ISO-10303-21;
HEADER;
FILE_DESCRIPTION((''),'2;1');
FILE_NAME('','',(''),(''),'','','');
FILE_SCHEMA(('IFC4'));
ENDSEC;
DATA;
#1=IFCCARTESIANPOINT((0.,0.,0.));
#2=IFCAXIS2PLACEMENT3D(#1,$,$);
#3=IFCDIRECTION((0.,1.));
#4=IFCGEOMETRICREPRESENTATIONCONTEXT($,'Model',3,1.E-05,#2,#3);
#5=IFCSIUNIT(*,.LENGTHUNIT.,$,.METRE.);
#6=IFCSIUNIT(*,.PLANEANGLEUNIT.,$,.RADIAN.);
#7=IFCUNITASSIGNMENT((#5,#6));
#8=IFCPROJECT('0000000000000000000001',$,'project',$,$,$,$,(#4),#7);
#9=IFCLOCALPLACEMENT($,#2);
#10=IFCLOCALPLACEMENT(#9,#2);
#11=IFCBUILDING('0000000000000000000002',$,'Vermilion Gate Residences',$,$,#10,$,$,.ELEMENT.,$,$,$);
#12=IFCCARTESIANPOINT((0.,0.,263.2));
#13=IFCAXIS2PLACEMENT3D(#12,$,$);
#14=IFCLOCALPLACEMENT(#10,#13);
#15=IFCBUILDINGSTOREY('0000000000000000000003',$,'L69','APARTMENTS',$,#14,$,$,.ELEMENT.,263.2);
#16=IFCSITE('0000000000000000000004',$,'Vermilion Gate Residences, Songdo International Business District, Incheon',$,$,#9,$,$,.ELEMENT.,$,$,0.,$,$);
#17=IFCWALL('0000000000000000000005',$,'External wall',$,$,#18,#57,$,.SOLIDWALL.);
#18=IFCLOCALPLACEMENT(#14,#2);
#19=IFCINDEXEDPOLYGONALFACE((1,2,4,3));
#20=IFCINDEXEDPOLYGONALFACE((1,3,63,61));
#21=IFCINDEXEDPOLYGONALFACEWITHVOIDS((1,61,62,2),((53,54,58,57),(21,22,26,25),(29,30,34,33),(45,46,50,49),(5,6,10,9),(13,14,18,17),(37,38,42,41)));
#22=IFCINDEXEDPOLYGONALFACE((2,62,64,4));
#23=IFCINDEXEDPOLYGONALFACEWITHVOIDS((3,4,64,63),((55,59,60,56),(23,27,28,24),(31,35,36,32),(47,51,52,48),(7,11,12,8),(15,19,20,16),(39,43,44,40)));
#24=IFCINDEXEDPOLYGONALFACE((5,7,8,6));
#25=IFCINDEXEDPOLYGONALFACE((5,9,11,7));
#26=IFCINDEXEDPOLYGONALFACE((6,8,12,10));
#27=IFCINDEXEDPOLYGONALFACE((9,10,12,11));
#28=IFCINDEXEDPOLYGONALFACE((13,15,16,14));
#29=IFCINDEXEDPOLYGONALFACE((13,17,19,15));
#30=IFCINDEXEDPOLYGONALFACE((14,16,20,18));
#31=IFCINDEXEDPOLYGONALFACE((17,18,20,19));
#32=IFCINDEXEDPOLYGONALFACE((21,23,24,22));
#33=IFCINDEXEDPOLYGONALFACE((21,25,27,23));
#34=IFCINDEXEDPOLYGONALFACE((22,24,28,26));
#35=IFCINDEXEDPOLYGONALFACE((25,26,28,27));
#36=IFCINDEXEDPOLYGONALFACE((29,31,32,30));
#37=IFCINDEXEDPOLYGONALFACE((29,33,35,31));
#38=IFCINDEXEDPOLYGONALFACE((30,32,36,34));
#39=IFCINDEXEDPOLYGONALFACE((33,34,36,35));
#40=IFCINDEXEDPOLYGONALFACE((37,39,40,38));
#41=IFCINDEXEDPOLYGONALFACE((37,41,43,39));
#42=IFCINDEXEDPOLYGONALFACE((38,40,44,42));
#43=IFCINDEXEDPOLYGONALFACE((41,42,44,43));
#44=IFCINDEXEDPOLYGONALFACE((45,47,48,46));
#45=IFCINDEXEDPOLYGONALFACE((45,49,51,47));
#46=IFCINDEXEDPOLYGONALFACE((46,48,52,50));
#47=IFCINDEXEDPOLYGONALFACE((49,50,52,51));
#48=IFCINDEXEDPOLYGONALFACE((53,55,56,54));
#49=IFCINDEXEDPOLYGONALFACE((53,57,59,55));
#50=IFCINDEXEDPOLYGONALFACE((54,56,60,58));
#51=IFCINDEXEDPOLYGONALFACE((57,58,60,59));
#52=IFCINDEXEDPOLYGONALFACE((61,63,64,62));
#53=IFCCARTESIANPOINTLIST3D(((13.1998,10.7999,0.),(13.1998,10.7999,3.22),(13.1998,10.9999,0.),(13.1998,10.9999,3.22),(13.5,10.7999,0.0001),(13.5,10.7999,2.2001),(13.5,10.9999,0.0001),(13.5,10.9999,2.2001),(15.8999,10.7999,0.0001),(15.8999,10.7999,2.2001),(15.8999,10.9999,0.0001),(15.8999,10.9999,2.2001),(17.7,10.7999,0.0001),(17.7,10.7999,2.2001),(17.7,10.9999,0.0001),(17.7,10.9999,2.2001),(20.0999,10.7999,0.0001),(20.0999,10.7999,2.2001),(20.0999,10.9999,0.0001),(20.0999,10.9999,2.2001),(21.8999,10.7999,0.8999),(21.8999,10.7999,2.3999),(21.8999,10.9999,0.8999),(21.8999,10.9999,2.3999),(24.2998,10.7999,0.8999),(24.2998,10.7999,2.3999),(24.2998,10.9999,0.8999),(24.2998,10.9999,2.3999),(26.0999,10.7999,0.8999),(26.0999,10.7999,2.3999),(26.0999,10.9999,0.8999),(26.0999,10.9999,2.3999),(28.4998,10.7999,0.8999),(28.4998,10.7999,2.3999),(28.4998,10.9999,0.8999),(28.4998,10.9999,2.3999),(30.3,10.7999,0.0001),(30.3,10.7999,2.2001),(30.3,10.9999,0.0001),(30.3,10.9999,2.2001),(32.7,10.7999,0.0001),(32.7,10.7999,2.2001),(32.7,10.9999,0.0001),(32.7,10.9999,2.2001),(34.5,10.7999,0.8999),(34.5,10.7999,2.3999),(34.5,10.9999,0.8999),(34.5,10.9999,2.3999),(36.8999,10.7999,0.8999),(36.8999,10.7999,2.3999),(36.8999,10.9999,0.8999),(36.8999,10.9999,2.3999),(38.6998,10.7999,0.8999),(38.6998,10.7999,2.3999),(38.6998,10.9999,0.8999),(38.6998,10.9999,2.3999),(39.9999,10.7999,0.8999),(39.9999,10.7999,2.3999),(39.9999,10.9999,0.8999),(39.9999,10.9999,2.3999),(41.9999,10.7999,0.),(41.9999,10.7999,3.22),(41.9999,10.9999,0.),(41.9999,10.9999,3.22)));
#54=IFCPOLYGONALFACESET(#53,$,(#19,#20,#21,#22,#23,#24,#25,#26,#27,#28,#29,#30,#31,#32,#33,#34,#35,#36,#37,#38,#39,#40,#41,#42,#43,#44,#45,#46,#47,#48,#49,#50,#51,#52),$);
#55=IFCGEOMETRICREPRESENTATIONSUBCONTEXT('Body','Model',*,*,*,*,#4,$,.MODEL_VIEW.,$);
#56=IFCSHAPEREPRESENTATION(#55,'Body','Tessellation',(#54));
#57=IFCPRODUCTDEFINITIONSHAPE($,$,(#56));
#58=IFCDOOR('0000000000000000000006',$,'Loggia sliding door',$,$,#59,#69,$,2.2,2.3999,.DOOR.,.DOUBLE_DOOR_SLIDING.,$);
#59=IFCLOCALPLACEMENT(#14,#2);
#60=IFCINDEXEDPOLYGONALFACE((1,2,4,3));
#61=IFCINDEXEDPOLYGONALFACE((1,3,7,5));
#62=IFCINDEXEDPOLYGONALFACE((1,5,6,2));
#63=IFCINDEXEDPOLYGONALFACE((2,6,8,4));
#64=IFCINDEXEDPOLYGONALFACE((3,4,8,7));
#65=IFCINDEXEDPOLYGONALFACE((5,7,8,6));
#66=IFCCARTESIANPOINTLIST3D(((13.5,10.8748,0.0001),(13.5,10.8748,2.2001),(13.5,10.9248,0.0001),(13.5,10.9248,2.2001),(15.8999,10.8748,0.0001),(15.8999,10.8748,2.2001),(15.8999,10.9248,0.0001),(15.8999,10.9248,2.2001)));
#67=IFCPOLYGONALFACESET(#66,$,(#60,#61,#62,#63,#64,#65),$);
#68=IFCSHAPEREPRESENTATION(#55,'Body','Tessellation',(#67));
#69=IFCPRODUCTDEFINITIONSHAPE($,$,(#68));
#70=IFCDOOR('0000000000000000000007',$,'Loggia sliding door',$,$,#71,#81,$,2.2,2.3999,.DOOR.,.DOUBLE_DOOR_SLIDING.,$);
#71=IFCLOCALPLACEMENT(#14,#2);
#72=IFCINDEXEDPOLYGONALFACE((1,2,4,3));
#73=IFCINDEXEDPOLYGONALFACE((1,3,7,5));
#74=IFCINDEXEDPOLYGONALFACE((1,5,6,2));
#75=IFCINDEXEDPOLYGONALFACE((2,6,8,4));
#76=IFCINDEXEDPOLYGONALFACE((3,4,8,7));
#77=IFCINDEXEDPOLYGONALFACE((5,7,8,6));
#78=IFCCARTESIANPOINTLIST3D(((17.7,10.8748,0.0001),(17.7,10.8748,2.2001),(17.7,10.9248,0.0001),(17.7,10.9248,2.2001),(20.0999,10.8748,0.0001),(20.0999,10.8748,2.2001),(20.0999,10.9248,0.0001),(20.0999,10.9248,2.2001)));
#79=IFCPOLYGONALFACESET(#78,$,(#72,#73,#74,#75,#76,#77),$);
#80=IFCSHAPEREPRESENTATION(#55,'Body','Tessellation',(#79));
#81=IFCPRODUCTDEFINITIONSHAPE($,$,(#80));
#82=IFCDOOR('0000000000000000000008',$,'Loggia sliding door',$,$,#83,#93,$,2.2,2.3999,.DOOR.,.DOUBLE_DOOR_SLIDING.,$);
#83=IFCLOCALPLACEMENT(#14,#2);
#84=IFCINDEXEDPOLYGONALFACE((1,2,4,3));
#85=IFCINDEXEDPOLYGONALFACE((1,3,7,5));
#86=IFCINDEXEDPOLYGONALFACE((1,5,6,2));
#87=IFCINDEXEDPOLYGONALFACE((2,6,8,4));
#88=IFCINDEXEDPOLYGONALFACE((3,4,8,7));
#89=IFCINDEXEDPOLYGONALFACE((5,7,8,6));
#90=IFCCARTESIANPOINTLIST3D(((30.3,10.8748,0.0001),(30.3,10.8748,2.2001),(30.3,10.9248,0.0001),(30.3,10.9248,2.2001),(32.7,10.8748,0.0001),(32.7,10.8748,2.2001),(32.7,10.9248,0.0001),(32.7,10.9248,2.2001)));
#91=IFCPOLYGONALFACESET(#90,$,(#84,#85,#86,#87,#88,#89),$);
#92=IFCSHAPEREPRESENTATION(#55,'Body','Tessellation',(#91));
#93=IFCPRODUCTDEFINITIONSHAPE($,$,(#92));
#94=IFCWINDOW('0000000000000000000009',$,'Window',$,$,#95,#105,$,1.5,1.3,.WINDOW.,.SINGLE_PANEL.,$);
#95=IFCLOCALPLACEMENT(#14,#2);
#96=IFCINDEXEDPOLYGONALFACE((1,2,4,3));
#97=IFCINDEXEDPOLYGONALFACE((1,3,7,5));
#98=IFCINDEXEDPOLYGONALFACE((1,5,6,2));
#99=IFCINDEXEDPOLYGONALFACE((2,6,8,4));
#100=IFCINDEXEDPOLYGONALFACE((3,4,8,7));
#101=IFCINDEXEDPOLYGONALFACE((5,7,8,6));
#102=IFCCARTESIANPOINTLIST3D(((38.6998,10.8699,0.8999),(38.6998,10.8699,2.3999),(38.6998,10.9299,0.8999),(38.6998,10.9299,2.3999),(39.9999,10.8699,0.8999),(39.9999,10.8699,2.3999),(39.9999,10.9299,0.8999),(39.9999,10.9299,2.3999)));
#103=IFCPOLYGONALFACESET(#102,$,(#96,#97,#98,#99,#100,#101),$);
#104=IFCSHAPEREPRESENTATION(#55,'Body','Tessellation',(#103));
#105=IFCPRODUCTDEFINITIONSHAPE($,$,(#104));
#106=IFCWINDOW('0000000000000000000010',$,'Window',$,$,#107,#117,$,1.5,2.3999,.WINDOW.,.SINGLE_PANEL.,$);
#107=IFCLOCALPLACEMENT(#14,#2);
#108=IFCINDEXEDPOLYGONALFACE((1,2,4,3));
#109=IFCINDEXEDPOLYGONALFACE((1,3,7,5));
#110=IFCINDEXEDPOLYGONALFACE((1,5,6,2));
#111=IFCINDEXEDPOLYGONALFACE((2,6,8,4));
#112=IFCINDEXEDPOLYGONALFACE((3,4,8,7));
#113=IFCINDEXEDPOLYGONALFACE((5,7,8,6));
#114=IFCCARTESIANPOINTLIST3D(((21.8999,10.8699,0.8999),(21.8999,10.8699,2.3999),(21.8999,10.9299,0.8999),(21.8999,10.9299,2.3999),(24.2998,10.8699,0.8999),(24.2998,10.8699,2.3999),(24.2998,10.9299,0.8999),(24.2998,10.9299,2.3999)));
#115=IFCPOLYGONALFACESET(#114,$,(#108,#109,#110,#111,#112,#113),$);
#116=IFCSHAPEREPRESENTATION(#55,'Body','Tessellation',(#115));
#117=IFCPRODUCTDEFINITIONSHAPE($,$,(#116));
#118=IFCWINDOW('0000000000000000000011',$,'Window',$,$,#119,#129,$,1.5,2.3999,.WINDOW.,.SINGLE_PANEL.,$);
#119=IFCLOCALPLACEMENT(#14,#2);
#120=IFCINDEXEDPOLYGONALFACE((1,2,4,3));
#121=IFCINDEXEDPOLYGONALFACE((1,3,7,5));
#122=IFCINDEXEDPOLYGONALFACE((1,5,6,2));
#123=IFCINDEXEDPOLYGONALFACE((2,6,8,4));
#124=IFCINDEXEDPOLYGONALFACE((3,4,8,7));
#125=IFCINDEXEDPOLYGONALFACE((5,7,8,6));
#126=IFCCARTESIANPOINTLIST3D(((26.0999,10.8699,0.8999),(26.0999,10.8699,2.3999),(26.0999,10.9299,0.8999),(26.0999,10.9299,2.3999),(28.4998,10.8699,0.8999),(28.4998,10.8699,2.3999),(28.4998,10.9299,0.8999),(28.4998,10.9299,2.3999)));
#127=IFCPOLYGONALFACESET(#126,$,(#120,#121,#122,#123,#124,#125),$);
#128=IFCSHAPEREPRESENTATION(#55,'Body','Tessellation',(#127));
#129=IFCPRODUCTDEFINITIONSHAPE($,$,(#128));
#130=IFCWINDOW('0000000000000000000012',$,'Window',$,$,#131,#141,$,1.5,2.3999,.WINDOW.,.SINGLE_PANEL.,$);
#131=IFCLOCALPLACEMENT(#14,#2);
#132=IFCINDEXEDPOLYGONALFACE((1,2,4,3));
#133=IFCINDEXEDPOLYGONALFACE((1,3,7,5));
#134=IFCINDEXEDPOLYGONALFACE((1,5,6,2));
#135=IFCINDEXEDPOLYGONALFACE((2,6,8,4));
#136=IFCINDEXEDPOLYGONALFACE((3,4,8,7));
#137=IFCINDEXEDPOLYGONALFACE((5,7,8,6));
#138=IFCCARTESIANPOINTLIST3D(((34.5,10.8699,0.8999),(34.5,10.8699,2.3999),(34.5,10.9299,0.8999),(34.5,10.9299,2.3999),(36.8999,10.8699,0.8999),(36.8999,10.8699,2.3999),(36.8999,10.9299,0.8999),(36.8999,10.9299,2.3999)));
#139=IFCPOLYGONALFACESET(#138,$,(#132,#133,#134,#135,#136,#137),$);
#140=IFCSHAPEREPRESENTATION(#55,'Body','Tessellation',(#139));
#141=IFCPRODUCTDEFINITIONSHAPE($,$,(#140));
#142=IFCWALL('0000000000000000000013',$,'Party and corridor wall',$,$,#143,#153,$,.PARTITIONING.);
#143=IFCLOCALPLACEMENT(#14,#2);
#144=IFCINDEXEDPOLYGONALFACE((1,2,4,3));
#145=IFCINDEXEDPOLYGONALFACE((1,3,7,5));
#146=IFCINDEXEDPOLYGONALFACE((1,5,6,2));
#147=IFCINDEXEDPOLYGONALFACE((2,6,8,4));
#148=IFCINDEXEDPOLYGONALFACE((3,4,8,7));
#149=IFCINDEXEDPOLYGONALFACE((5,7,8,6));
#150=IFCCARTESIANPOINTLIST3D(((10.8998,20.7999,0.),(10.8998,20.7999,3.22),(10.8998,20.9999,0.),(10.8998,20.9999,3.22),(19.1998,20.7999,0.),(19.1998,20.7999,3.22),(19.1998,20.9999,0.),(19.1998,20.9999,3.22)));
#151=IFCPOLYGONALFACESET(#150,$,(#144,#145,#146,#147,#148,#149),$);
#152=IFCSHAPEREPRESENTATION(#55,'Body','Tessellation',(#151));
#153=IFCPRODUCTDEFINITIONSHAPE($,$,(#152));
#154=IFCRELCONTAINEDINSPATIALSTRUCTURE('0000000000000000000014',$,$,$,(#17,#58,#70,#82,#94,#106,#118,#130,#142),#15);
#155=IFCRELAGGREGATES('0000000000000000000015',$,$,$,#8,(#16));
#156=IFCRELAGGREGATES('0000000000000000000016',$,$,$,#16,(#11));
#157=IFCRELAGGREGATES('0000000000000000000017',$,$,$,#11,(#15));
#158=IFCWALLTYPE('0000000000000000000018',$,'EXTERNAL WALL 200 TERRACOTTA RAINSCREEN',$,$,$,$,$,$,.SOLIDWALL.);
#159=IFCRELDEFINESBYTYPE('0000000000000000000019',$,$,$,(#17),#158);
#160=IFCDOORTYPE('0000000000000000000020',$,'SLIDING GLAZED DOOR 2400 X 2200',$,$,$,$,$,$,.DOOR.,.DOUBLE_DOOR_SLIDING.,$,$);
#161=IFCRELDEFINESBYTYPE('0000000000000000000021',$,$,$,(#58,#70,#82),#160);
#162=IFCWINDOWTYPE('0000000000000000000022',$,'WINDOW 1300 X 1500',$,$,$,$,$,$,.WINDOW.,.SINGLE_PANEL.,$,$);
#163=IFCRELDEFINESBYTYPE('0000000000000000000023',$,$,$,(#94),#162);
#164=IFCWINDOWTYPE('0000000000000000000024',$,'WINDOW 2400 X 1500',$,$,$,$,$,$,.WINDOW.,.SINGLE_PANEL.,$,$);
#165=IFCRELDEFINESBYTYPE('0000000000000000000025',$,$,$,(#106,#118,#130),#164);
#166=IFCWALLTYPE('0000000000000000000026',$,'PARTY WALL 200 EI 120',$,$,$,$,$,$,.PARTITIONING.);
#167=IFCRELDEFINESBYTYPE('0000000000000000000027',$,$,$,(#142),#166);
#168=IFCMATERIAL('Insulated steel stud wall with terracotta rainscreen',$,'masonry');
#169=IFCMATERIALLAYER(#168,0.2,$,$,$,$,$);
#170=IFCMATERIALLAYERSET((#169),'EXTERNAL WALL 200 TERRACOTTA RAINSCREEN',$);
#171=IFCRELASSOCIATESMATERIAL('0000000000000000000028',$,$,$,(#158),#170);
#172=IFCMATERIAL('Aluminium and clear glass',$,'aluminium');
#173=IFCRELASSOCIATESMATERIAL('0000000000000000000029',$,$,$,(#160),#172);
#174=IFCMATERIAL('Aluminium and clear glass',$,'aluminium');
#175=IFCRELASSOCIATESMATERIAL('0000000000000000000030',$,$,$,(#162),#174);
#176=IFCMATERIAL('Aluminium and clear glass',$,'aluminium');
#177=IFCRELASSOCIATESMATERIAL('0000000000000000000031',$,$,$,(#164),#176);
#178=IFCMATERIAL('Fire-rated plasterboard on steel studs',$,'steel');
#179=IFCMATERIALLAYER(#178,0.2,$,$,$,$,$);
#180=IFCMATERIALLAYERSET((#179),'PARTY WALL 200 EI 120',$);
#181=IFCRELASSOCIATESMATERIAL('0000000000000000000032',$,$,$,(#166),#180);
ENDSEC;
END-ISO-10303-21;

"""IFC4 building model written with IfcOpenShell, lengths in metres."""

from ifc_helpers import new_model, si_unit, direction, frame, frame_2d, origin, place, context, subcontext, project, spatial, rectangle, extrude, material, layer, layer_set, type_object, element, fill, save


model = new_model("IFC4")

# Units and contexts
model_context = context("Model", 3, precision=1e-05, world=origin(), true_north=direction((0.0, 1.0)))
body_context = subcontext(model_context, "Body", "Model", "MODEL_VIEW")
ifc_project = project(units=[si_unit("LENGTHUNIT", "METRE"), si_unit("PLANEANGLEUNIT", "RADIAN")], contexts=[model_context])

# Site, building, storey
site_placement = place(None, origin())
site = spatial("IfcSite", under=ifc_project, at=site_placement, Name="Vermilion Gate Residences, Songdo International Business District, Incheon", CompositionType="ELEMENT", RefElevation=0.0)
building_placement = place(site_placement, origin())
building = spatial("IfcBuilding", under=site, at=building_placement, Name="Vermilion Gate Residences", CompositionType="ELEMENT")
storey_placement = place(building_placement, frame((0.0, 0.0, 263.2)))
storey = spatial("IfcBuildingStorey", under=building, at=storey_placement, Name="L69", Description="APARTMENTS", CompositionType="ELEMENT", Elevation=263.2)

# Shared definitions
ifc_material_1 = material(Name="Insulated steel stud wall with terracotta rainscreen", Category="masonry")
ifc_layer_1 = layer(ifc_material_1, 0.2)
ifc_layer_set_1 = layer_set([ifc_layer_1], Name="EXTERNAL WALL 200 TERRACOTTA RAINSCREEN")
wall_type_1 = type_object("IfcWallType", Name="EXTERNAL WALL 200 TERRACOTTA RAINSCREEN", PredefinedType="SOLIDWALL", material=ifc_layer_set_1)

# Wall, openings, doors, windows
wall_1_placement = place(storey_placement, frame((13.2, 10.8999, 0.0), z_axis=(0.0, 0.0, 1.0), x_axis=(1.0, 0.0, 0.0)))
wall_1 = element("IfcWall", 1, at=wall_1_placement, inside=storey, type_object=wall_type_1, Name="External wall", PredefinedType="SOLIDWALL", context=body_context, shape_type="SweptSolid", body=[
    extrude(rectangle(XDim=28.8, YDim=0.2, at=frame_2d((14.3999, 0.0))), origin(), (0.0, 0.0, 1.0), 3.22),
])
opening_1_placement = place(wall_1_placement, frame((0.3, 0.0, 0.0)))
opening_1 = element("IfcOpeningElement", 2, at=opening_1_placement, cuts=wall_1, PredefinedType="OPENING", context=body_context, shape_type="SweptSolid", body=[
    extrude(rectangle(XDim=2.3999, YDim=2.2, at=frame_2d((1.2, 1.1001))), frame((0.0, 0.1099, 0.0), z_axis=(0.0, -1.0, 0.0), x_axis=(1.0, 0.0, 0.0)), (0.0, 0.0, 1.0), 0.22),
])
opening_2_placement = place(wall_1_placement, frame((4.5, 0.0, 0.0)))
opening_2 = element("IfcOpeningElement", 3, at=opening_2_placement, cuts=wall_1, PredefinedType="OPENING", context=body_context, shape_type="SweptSolid", body=[
    extrude(rectangle(XDim=2.3999, YDim=2.2, at=frame_2d((1.2, 1.1001))), frame((0.0, 0.1099, 0.0), z_axis=(0.0, -1.0, 0.0), x_axis=(1.0, 0.0, 0.0)), (0.0, 0.0, 1.0), 0.22),
])
opening_3_placement = place(wall_1_placement, frame((8.7, 0.0, 0.8999)))
opening_3 = element("IfcOpeningElement", 4, at=opening_3_placement, cuts=wall_1, PredefinedType="OPENING", context=body_context, shape_type="SweptSolid", body=[
    extrude(rectangle(XDim=2.3999, YDim=1.5, at=frame_2d((1.2, 0.75))), frame((0.0, 0.1099, 0.0), z_axis=(0.0, -1.0, 0.0), x_axis=(1.0, 0.0, 0.0)), (0.0, 0.0, 1.0), 0.22),
])
opening_4_placement = place(wall_1_placement, frame((12.8999, 0.0, 0.8999)))
opening_4 = element("IfcOpeningElement", 5, at=opening_4_placement, cuts=wall_1, PredefinedType="OPENING", context=body_context, shape_type="SweptSolid", body=[
    extrude(rectangle(XDim=2.3999, YDim=1.5, at=frame_2d((1.2, 0.75))), frame((0.0, 0.1099, 0.0), z_axis=(0.0, -1.0, 0.0), x_axis=(1.0, 0.0, 0.0)), (0.0, 0.0, 1.0), 0.22),
])
opening_5_placement = place(wall_1_placement, frame((17.1001, 0.0, 0.0)))
opening_5 = element("IfcOpeningElement", 6, at=opening_5_placement, cuts=wall_1, PredefinedType="OPENING", context=body_context, shape_type="SweptSolid", body=[
    extrude(rectangle(XDim=2.3999, YDim=2.2, at=frame_2d((1.2, 1.1001))), frame((0.0, 0.1099, 0.0), z_axis=(0.0, -1.0, 0.0), x_axis=(1.0, 0.0, 0.0)), (0.0, 0.0, 1.0), 0.22),
])
opening_6_placement = place(wall_1_placement, frame((21.3, 0.0, 0.8999)))
opening_6 = element("IfcOpeningElement", 7, at=opening_6_placement, cuts=wall_1, PredefinedType="OPENING", context=body_context, shape_type="SweptSolid", body=[
    extrude(rectangle(XDim=2.3999, YDim=1.5, at=frame_2d((1.2, 0.75))), frame((0.0, 0.1099, 0.0), z_axis=(0.0, -1.0, 0.0), x_axis=(1.0, 0.0, 0.0)), (0.0, 0.0, 1.0), 0.22),
])
opening_7_placement = place(wall_1_placement, frame((25.5, 0.0, 0.8999)))
opening_7 = element("IfcOpeningElement", 8, at=opening_7_placement, cuts=wall_1, PredefinedType="OPENING", context=body_context, shape_type="SweptSolid", body=[
    extrude(rectangle(XDim=1.3, YDim=1.5, at=frame_2d((0.6499, 0.75))), frame((0.0, 0.1099, 0.0), z_axis=(0.0, -1.0, 0.0), x_axis=(1.0, 0.0, 0.0)), (0.0, 0.0, 1.0), 0.22),
])
ifc_material_2 = material(Name="Aluminium and clear glass", Category="aluminium")
door_type = type_object("IfcDoorType", Name="SLIDING GLAZED DOOR 2400 X 2200", OperationType="DOUBLE_DOOR_SLIDING", PredefinedType="DOOR", material=ifc_material_2)
door_1_placement = place(opening_1_placement, origin())
door_1 = element("IfcDoor", 9, at=door_1_placement, inside=storey, type_object=door_type, Name="Loggia sliding door", OperationType="DOUBLE_DOOR_SLIDING", OverallHeight=2.2, OverallWidth=2.3999, PredefinedType="DOOR", context=body_context, shape_type="SweptSolid", body=[
    extrude(rectangle(XDim=2.3999, YDim=2.2, at=frame_2d((1.2, 1.1001))), frame((0.0, 0.0249, 0.0), z_axis=(0.0, -1.0, 0.0), x_axis=(1.0, 0.0, 0.0)), (0.0, 0.0, 1.0), 0.05),
])
fill(opening_1, door_1)
door_2_placement = place(opening_2_placement, origin())
door_2 = element("IfcDoor", 10, at=door_2_placement, inside=storey, type_object=door_type, Name="Loggia sliding door", OperationType="DOUBLE_DOOR_SLIDING", OverallHeight=2.2, OverallWidth=2.3999, PredefinedType="DOOR", context=body_context, shape_type="SweptSolid", body=[
    extrude(rectangle(XDim=2.3999, YDim=2.2, at=frame_2d((1.2, 1.1001))), frame((0.0, 0.0249, 0.0), z_axis=(0.0, -1.0, 0.0), x_axis=(1.0, 0.0, 0.0)), (0.0, 0.0, 1.0), 0.05),
])
fill(opening_2, door_2)
door_3_placement = place(opening_5_placement, origin())
door_3 = element("IfcDoor", 11, at=door_3_placement, inside=storey, type_object=door_type, Name="Loggia sliding door", OperationType="DOUBLE_DOOR_SLIDING", OverallHeight=2.2, OverallWidth=2.3999, PredefinedType="DOOR", context=body_context, shape_type="SweptSolid", body=[
    extrude(rectangle(XDim=2.3999, YDim=2.2, at=frame_2d((1.2, 1.1001))), frame((0.0, 0.0249, 0.0), z_axis=(0.0, -1.0, 0.0), x_axis=(1.0, 0.0, 0.0)), (0.0, 0.0, 1.0), 0.05),
])
fill(opening_5, door_3)
ifc_material_3 = material(Name="Aluminium and clear glass", Category="aluminium")
window_type_1 = type_object("IfcWindowType", Name="WINDOW 1300 X 1500", PartitioningType="SINGLE_PANEL", PredefinedType="WINDOW", material=ifc_material_3)
window_1_placement = place(opening_7_placement, origin())
window_1 = element("IfcWindow", 12, at=window_1_placement, inside=storey, type_object=window_type_1, Name="Window", OverallHeight=1.5, OverallWidth=1.3, PartitioningType="SINGLE_PANEL", PredefinedType="WINDOW", context=body_context, shape_type="SweptSolid", body=[
    extrude(rectangle(XDim=1.3, YDim=1.5, at=frame_2d((0.6499, 0.75))), frame((0.0, 0.03, 0.0), z_axis=(0.0, -1.0, 0.0), x_axis=(1.0, 0.0, 0.0)), (0.0, 0.0, 1.0), 0.0601),
])
fill(opening_7, window_1)
ifc_material_4 = material(Name="Aluminium and clear glass", Category="aluminium")
window_type_2 = type_object("IfcWindowType", Name="WINDOW 2400 X 1500", PartitioningType="SINGLE_PANEL", PredefinedType="WINDOW", material=ifc_material_4)
window_2_placement = place(opening_3_placement, origin())
window_2 = element("IfcWindow", 13, at=window_2_placement, inside=storey, type_object=window_type_2, Name="Window", OverallHeight=1.5, OverallWidth=2.3999, PartitioningType="SINGLE_PANEL", PredefinedType="WINDOW", context=body_context, shape_type="SweptSolid", body=[
    extrude(rectangle(XDim=2.3999, YDim=1.5, at=frame_2d((1.2, 0.75))), frame((0.0, 0.03, 0.0), z_axis=(0.0, -1.0, 0.0), x_axis=(1.0, 0.0, 0.0)), (0.0, 0.0, 1.0), 0.0601),
])
fill(opening_3, window_2)
window_3_placement = place(opening_4_placement, origin())
window_3 = element("IfcWindow", 14, at=window_3_placement, inside=storey, type_object=window_type_2, Name="Window", OverallHeight=1.5, OverallWidth=2.3999, PartitioningType="SINGLE_PANEL", PredefinedType="WINDOW", context=body_context, shape_type="SweptSolid", body=[
    extrude(rectangle(XDim=2.3999, YDim=1.5, at=frame_2d((1.2, 0.75))), frame((0.0, 0.03, 0.0), z_axis=(0.0, -1.0, 0.0), x_axis=(1.0, 0.0, 0.0)), (0.0, 0.0, 1.0), 0.0601),
])
fill(opening_4, window_3)
window_4_placement = place(opening_6_placement, origin())
window_4 = element("IfcWindow", 15, at=window_4_placement, inside=storey, type_object=window_type_2, Name="Window", OverallHeight=1.5, OverallWidth=2.3999, PartitioningType="SINGLE_PANEL", PredefinedType="WINDOW", context=body_context, shape_type="SweptSolid", body=[
    extrude(rectangle(XDim=2.3999, YDim=1.5, at=frame_2d((1.2, 0.75))), frame((0.0, 0.03, 0.0), z_axis=(0.0, -1.0, 0.0), x_axis=(1.0, 0.0, 0.0)), (0.0, 0.0, 1.0), 0.0601),
])
fill(opening_6, window_4)

# Wall
ifc_material_5 = material(Name="Fire-rated plasterboard on steel studs", Category="steel")
ifc_layer_2 = layer(ifc_material_5, 0.2)
ifc_layer_set_2 = layer_set([ifc_layer_2], Name="PARTY WALL 200 EI 120")
wall_type_2 = type_object("IfcWallType", Name="PARTY WALL 200 EI 120", PredefinedType="PARTITIONING", material=ifc_layer_set_2)
wall_2_placement = place(storey_placement, frame((10.8999, 20.8999, 0.0), z_axis=(0.0, 0.0, 1.0), x_axis=(1.0, 0.0, 0.0)))
element("IfcWall", 16, at=wall_2_placement, inside=storey, type_object=wall_type_2, Name="Party and corridor wall", PredefinedType="PARTITIONING", context=body_context, shape_type="SweptSolid", body=[
    extrude(rectangle(XDim=8.3, YDim=0.2, at=frame_2d((4.1499, 0.0))), origin(), (0.0, 0.0, 1.0), 3.22),
])

save(model, "model.ifc")
